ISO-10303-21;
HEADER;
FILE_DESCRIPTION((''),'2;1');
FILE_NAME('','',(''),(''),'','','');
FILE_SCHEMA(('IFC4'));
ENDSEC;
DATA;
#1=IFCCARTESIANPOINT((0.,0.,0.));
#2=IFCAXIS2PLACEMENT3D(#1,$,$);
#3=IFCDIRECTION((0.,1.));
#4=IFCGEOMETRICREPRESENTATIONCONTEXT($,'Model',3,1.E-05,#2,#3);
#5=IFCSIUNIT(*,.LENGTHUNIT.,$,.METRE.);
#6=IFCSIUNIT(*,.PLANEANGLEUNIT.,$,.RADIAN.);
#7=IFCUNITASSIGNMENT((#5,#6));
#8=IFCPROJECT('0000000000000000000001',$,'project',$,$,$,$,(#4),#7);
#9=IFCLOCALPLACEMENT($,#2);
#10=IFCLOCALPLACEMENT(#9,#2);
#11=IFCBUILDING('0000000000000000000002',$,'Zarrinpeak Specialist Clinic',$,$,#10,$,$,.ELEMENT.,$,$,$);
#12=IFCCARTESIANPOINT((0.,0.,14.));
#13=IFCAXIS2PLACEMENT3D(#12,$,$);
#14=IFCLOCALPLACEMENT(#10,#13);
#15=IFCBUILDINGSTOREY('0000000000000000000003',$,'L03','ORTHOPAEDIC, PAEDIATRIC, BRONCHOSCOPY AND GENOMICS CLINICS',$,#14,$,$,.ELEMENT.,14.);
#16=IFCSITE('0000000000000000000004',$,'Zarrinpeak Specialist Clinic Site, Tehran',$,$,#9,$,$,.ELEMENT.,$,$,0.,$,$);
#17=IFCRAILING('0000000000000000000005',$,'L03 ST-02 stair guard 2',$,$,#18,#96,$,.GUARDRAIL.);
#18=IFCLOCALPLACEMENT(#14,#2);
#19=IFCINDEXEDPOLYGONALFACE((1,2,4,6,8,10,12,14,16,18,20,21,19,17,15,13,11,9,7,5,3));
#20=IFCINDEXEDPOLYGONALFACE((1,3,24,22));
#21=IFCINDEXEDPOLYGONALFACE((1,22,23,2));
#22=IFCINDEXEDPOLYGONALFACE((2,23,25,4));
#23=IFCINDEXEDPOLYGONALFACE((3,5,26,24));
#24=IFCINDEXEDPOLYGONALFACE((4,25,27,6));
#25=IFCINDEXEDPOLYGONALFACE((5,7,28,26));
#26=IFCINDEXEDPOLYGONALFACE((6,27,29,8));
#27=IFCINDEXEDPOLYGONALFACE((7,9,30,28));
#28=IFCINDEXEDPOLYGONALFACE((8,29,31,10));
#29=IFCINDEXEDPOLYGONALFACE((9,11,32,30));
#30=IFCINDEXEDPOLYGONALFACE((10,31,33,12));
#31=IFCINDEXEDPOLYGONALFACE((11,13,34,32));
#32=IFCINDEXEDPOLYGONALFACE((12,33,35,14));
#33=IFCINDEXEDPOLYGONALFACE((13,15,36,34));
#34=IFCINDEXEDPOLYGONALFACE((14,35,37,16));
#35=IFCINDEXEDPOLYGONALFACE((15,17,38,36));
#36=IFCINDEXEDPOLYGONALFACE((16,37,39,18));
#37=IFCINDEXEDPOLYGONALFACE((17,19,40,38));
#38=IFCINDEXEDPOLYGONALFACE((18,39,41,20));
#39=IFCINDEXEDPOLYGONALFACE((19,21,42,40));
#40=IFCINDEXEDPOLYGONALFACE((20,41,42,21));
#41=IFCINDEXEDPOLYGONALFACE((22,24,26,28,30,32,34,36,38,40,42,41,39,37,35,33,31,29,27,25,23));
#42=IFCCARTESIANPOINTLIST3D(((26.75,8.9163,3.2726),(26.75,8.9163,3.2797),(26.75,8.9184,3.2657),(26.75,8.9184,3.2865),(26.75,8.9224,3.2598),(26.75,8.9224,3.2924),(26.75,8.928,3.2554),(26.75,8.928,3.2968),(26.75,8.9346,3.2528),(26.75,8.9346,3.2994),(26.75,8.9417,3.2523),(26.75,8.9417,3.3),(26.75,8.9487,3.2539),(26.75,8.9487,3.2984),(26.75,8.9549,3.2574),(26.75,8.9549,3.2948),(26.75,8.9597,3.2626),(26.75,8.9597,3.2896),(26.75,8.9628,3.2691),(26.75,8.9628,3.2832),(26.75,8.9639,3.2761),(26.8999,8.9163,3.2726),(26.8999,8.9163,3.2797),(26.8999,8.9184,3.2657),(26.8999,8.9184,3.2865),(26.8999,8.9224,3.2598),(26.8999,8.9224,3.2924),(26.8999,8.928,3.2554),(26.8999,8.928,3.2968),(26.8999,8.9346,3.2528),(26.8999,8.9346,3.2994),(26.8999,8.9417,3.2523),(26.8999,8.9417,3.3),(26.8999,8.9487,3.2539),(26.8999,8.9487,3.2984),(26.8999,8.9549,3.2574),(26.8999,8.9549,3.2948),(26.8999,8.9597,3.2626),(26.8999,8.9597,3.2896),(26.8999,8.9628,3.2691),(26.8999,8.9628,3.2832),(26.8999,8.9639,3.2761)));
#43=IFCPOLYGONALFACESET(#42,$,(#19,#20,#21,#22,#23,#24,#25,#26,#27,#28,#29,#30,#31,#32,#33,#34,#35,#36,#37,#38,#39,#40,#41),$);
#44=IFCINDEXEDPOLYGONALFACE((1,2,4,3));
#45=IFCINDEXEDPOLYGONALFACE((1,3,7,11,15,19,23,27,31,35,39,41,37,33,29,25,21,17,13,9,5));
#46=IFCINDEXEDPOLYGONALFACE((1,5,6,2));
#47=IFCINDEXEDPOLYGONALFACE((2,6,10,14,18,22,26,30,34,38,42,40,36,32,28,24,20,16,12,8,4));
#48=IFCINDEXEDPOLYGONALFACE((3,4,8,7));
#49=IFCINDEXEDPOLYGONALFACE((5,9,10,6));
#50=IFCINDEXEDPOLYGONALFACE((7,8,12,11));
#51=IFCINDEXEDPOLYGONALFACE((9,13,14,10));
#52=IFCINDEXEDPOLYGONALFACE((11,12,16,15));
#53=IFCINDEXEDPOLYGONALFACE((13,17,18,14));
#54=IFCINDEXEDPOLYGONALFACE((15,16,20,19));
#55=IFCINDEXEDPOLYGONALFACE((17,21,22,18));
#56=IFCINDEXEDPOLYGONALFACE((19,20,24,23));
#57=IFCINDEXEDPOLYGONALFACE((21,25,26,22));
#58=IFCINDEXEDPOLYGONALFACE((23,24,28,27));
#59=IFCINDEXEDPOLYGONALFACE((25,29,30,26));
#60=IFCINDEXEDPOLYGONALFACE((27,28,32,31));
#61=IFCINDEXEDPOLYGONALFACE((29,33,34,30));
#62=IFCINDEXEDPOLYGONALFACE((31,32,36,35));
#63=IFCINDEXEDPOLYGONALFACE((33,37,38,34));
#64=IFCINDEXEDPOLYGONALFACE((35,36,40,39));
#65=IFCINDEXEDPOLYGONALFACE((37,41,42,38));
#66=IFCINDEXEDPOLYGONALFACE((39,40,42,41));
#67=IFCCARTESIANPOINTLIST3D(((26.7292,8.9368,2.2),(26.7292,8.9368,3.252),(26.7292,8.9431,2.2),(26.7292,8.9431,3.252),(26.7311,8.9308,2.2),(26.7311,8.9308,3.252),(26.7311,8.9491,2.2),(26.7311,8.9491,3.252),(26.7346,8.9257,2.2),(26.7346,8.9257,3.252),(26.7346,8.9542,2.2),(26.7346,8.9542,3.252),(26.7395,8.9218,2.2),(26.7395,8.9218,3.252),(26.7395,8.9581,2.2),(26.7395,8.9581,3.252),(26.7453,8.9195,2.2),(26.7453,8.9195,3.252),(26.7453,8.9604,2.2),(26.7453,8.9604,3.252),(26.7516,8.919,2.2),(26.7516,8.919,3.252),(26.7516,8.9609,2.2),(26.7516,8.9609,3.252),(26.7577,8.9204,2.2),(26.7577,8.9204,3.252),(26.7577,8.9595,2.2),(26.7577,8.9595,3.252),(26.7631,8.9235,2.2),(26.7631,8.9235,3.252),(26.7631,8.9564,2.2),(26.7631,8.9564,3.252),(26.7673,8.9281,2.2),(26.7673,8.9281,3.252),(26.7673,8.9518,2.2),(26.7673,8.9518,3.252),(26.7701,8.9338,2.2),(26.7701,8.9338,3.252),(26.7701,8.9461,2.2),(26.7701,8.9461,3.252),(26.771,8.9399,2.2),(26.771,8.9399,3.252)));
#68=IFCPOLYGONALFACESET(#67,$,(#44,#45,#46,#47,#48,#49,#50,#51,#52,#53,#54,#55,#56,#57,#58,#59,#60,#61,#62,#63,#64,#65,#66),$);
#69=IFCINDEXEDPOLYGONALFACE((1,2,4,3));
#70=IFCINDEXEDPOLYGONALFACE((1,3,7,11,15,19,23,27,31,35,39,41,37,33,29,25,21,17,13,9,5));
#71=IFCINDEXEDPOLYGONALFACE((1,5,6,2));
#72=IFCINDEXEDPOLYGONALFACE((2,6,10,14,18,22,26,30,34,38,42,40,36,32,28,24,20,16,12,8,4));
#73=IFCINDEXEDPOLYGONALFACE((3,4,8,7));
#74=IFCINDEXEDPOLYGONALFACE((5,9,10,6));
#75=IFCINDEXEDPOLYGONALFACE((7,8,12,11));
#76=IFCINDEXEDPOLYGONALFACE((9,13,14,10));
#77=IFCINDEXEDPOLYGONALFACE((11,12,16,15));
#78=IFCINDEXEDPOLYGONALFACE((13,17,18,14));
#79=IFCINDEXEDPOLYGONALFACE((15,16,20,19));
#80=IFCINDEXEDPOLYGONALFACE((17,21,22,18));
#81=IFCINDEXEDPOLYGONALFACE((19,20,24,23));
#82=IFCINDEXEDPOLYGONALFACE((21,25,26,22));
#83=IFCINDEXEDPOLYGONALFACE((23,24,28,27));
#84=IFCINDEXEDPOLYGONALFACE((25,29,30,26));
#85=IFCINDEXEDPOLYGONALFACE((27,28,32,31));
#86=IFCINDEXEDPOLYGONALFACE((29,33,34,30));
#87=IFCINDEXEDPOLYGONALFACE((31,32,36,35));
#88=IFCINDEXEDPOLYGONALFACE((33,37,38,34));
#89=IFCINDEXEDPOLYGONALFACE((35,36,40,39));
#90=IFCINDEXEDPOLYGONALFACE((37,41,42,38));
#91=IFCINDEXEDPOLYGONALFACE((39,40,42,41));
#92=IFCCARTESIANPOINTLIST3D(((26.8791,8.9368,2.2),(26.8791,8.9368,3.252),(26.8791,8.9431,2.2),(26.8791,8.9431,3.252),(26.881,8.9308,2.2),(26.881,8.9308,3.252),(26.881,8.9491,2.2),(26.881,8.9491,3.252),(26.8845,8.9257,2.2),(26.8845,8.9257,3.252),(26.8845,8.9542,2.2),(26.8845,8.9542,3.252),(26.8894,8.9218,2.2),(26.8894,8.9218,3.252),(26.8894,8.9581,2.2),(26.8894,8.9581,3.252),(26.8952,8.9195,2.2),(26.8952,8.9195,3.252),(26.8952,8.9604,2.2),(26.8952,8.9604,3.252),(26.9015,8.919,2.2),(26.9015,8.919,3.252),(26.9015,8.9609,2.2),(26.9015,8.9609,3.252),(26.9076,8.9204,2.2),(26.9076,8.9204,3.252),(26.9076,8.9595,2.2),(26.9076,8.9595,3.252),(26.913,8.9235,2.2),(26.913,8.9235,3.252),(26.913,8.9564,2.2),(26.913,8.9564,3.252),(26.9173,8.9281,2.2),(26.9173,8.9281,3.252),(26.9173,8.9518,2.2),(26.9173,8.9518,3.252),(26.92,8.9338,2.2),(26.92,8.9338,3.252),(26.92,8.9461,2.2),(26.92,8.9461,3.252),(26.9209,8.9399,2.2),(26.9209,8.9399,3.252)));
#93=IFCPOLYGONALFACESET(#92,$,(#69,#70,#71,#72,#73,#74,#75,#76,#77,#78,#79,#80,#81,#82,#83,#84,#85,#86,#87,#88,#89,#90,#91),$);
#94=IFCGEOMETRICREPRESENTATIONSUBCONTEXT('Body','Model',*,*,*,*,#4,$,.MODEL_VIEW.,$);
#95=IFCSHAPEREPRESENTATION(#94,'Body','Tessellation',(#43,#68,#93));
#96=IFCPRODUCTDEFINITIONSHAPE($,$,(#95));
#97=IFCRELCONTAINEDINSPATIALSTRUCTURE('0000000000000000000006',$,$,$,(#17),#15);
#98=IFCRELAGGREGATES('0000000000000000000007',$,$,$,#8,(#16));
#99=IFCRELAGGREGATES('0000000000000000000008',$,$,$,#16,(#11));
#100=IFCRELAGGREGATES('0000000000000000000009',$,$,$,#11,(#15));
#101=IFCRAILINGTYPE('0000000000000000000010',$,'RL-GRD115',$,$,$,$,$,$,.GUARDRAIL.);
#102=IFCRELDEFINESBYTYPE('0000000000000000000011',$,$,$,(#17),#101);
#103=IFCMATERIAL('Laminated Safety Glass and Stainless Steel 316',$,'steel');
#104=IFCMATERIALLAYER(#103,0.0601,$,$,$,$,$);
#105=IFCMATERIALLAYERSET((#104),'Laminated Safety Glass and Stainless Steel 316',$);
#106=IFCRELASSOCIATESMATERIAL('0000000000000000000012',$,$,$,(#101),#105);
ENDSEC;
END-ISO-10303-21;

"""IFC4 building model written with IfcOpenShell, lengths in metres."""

from ifc_helpers import new_model, si_unit, direction, frame, origin, origin_2d, place, context, subcontext, project, spatial, circle, extrude, material, layer, layer_set, type_object, element, save


model = new_model("IFC4")

# Units and contexts
model_context = context("Model", 3, precision=1e-05, world=origin(), true_north=direction((0.0, 1.0)))
body_context = subcontext(model_context, "Body", "Model", "MODEL_VIEW")
ifc_project = project(units=[si_unit("LENGTHUNIT", "METRE"), si_unit("PLANEANGLEUNIT", "RADIAN")], contexts=[model_context])

# Site, building, storey
site_placement = place(None, origin())
site = spatial("IfcSite", under=ifc_project, at=site_placement, Name="Zarrinpeak Specialist Clinic Site, Tehran", CompositionType="ELEMENT", RefElevation=0.0)
building_placement = place(site_placement, origin())
building = spatial("IfcBuilding", under=site, at=building_placement, Name="Zarrinpeak Specialist Clinic", CompositionType="ELEMENT")
storey_placement = place(building_placement, frame((0.0, 0.0, 14.0)))
storey = spatial("IfcBuildingStorey", under=building, at=storey_placement, Name="L03", Description="ORTHOPAEDIC, PAEDIATRIC, BRONCHOSCOPY AND GENOMICS CLINICS", CompositionType="ELEMENT", Elevation=14.0)

# Railing
ifc_material_1 = material(Name="Laminated Safety Glass and Stainless Steel 316", Category="steel")
ifc_layer_1 = layer(ifc_material_1, 0.0601)
ifc_layer_set_1 = layer_set([ifc_layer_1], Name="Laminated Safety Glass and Stainless Steel 316")
railing_type_1 = type_object("IfcRailingType", Name="RL-GRD115", PredefinedType="GUARDRAIL", material=ifc_layer_set_1)
railing_1_placement = place(storey_placement, frame((26.75, 8.9399, 2.2)))
element("IfcRailing", 1, at=railing_1_placement, inside=storey, type_object=railing_type_1, Name="L03 ST-02 stair guard 2", PredefinedType="GUARDRAIL", context=body_context, shape_type="SweptSolid", body=[
    extrude(circle(Radius=0.0239, at=origin_2d()), frame((0.0, 0.0, 1.0762), z_axis=(1.0, 0.0, 0.0), x_axis=(0.0, 1.0, 0.0)), (0.0, 0.0, 1.0), 0.1499),
    extrude(circle(Radius=0.021, at=origin_2d()), origin(), (0.0, 0.0, 1.0), 1.052),
    extrude(circle(Radius=0.021, at=origin_2d()), frame((0.1499, 0.0, 0.0)), (0.0, 0.0, 1.0), 1.052),
])

save(model, "model.ifc")
